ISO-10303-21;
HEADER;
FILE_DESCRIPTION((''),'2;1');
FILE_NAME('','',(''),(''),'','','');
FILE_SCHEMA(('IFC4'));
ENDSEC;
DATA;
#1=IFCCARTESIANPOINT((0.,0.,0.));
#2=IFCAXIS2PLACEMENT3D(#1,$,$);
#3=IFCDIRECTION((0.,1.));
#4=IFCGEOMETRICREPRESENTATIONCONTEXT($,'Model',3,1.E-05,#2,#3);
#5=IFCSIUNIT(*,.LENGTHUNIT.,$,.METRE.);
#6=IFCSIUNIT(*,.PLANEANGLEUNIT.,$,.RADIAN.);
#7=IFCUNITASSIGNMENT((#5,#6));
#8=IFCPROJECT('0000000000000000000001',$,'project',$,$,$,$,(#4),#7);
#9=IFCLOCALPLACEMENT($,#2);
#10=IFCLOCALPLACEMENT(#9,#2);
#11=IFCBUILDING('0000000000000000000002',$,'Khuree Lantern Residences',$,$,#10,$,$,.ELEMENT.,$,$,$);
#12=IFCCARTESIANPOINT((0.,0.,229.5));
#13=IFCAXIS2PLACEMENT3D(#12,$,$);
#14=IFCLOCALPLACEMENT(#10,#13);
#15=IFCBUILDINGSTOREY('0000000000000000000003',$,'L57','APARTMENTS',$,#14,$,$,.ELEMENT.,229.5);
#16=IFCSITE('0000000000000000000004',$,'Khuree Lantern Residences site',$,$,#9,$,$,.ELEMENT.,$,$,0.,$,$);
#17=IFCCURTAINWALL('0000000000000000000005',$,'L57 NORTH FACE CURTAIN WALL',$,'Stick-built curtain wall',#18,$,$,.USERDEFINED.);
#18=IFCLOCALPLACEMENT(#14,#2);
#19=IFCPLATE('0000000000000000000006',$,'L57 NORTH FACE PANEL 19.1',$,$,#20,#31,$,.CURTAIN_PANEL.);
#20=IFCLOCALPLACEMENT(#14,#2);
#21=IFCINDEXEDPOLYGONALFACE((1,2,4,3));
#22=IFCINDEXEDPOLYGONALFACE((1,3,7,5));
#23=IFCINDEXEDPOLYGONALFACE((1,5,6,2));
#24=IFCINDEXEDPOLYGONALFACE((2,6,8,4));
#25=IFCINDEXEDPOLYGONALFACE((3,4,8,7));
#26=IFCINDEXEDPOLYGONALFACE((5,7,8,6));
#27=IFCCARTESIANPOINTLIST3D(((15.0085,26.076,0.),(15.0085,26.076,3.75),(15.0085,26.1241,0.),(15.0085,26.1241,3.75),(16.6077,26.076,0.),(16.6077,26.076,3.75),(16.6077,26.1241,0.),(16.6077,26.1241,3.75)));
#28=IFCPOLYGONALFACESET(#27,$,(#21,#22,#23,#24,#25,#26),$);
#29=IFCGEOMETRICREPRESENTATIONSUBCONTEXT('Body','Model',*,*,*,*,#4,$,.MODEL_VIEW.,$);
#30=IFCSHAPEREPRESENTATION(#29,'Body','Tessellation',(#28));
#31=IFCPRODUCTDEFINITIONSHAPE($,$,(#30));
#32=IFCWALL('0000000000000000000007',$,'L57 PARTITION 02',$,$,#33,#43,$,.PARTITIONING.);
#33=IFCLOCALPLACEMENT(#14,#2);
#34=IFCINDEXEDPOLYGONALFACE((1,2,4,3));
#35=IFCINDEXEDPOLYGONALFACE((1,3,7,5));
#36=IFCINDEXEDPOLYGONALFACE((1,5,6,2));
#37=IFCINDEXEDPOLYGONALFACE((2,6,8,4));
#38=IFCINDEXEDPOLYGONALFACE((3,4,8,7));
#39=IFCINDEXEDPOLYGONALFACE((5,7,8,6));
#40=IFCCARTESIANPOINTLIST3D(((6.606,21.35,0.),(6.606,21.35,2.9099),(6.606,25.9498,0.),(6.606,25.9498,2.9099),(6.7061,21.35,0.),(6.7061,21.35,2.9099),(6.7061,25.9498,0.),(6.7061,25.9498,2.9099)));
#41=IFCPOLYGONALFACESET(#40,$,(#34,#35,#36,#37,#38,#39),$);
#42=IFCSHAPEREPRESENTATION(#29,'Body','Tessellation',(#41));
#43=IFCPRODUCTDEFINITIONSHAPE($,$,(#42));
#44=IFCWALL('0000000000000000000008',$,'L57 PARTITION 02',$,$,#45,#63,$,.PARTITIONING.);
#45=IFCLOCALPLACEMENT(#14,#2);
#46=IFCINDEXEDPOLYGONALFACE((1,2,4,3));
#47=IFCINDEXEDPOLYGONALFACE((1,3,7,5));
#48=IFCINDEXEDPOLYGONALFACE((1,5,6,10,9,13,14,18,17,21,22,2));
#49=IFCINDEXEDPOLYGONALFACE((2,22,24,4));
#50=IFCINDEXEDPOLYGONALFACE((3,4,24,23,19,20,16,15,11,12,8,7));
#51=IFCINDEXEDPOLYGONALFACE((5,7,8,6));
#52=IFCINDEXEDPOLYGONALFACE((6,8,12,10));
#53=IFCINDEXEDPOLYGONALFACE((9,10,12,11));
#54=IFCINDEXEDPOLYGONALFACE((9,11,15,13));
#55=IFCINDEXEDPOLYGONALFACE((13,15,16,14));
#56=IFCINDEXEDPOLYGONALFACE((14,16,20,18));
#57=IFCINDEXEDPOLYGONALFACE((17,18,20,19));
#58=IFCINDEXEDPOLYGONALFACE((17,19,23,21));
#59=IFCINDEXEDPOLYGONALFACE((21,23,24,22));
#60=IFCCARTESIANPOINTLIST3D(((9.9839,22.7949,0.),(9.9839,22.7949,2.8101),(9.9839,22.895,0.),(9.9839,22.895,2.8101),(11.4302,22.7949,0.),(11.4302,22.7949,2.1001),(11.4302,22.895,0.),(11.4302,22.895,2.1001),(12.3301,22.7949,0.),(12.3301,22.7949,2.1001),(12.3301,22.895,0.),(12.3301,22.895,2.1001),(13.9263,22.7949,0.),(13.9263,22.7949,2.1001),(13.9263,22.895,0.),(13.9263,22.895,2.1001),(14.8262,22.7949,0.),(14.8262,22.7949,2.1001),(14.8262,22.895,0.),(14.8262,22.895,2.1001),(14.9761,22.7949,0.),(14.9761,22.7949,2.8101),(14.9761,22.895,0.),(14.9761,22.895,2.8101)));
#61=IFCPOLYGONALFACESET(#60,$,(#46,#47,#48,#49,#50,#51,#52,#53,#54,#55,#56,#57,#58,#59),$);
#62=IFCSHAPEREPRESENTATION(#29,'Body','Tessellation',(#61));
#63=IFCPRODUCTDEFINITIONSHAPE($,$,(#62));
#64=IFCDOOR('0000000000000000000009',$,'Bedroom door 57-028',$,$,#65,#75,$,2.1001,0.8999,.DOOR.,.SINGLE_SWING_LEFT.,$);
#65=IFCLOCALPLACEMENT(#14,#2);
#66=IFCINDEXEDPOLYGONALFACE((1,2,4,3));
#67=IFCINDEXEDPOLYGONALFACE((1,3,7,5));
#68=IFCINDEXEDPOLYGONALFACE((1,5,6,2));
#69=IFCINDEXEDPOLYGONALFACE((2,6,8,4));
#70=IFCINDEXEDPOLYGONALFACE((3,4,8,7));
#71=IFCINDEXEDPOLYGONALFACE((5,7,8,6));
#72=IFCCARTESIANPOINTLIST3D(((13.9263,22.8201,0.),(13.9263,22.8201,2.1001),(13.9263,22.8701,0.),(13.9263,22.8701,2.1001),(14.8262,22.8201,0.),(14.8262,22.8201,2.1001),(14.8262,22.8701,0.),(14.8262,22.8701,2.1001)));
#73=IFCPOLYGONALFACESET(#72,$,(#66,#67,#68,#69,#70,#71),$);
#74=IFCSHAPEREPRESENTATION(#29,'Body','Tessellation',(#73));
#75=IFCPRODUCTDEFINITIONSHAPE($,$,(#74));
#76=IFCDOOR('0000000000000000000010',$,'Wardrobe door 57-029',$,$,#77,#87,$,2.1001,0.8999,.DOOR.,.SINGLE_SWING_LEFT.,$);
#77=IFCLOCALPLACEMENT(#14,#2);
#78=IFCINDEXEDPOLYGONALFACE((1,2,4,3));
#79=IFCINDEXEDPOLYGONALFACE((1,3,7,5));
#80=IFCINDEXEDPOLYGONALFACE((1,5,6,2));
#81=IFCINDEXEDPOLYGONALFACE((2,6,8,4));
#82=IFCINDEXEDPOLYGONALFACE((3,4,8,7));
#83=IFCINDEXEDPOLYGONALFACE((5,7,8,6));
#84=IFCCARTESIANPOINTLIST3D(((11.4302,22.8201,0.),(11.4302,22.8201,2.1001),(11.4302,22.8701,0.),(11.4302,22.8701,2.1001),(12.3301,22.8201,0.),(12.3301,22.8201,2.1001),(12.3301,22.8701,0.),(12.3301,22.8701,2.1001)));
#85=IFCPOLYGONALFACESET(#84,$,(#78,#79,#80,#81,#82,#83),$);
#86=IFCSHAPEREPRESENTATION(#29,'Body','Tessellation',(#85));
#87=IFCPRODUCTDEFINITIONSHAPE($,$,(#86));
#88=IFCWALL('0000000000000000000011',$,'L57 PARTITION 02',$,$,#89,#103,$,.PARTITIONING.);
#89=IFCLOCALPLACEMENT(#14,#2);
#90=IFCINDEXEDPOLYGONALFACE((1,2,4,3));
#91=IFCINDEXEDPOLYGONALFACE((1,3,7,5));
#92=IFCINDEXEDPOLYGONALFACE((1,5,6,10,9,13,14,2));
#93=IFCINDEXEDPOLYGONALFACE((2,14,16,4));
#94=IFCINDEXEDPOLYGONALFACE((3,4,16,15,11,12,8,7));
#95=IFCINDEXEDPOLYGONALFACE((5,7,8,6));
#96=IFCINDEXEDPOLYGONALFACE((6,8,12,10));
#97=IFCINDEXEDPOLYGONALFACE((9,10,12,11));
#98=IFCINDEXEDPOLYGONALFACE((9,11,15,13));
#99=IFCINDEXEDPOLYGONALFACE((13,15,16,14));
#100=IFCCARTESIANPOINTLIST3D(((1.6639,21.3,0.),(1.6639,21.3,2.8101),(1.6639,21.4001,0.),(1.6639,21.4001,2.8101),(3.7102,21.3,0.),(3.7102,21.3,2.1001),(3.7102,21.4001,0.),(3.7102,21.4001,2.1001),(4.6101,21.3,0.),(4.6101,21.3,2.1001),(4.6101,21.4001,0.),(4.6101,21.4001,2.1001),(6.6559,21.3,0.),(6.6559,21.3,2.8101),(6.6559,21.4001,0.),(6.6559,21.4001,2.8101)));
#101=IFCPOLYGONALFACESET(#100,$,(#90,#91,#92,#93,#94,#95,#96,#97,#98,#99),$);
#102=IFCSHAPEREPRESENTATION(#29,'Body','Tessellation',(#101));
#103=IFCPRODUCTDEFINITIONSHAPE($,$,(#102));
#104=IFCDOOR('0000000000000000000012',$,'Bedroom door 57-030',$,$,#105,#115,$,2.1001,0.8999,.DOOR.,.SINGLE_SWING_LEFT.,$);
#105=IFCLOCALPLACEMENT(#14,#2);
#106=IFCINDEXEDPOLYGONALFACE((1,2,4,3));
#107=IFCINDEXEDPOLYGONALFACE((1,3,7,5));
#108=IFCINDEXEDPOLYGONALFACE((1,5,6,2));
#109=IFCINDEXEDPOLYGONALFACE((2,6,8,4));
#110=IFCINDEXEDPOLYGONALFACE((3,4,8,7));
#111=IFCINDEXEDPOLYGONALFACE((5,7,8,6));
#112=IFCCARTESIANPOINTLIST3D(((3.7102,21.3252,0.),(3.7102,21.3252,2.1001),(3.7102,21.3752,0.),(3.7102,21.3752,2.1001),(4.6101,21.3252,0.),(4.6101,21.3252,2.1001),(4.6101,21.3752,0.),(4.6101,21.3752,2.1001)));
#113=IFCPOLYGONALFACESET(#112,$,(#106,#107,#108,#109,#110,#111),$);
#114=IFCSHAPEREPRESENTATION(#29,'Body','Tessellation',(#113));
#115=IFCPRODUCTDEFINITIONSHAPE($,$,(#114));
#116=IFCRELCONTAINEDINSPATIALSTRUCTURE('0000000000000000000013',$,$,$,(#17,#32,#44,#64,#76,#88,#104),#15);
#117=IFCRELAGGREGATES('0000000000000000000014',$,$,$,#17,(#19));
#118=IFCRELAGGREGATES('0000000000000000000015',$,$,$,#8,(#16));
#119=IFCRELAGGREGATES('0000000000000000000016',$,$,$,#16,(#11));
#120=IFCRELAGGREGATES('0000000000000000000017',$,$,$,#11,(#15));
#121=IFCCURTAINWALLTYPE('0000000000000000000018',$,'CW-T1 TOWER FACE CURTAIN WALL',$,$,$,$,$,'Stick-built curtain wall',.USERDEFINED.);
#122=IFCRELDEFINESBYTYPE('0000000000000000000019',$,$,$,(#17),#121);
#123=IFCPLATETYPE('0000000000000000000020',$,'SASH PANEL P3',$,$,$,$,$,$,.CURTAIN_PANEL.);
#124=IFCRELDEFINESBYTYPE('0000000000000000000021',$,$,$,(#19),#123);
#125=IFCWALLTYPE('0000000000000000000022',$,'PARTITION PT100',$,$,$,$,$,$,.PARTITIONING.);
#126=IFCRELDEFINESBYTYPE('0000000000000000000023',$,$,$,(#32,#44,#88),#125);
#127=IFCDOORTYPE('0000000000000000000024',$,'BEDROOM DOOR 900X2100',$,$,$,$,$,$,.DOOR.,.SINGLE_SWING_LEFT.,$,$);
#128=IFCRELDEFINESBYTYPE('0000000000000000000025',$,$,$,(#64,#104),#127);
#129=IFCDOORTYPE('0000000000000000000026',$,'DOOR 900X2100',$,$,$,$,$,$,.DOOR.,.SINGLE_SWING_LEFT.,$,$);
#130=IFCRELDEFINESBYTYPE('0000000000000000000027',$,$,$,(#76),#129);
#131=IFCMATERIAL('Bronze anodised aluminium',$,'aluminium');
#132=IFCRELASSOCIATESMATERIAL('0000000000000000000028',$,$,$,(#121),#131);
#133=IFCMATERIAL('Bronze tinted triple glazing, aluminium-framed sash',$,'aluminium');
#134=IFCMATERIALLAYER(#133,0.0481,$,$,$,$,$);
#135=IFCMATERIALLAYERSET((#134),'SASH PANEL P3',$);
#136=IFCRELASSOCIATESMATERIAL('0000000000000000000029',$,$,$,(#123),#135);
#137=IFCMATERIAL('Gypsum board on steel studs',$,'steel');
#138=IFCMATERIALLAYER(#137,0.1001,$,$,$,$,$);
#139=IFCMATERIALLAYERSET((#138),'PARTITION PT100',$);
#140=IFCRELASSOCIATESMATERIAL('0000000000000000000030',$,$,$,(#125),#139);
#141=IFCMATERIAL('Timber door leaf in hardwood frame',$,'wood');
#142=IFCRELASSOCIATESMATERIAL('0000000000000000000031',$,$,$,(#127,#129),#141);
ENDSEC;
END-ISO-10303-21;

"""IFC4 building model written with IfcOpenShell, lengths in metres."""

from ifc_helpers import new_model, si_unit, direction, frame, frame_2d, origin, origin_2d, place, context, subcontext, project, spatial, rectangle, extrude, material, layer, layer_set, type_object, element, fill, aggregate, save


model = new_model("IFC4")

# Units and contexts
model_context = context("Model", 3, precision=1e-05, world=origin(), true_north=direction((0.0, 1.0)))
body_context = subcontext(model_context, "Body", "Model", "MODEL_VIEW")
ifc_project = project(units=[si_unit("LENGTHUNIT", "METRE"), si_unit("PLANEANGLEUNIT", "RADIAN")], contexts=[model_context])

# Site, building, storey
site_placement = place(None, origin())
site = spatial("IfcSite", under=ifc_project, at=site_placement, Name="Khuree Lantern Residences site", CompositionType="ELEMENT", RefElevation=0.0)
building_placement = place(site_placement, origin())
building = spatial("IfcBuilding", under=site, at=building_placement, Name="Khuree Lantern Residences", CompositionType="ELEMENT")
storey_placement = place(building_placement, frame((0.0, 0.0, 229.5)))
storey = spatial("IfcBuildingStorey", under=building, at=storey_placement, Name="L57", Description="APARTMENTS", CompositionType="ELEMENT", Elevation=229.5)

# Curtain wall
ifc_material_1 = material(Name="Bronze anodised aluminium", Category="aluminium")
curtain_wall_type = type_object("IfcCurtainWallType", Name="CW-T1 TOWER FACE CURTAIN WALL", ElementType="Stick-built curtain wall", PredefinedType="USERDEFINED", material=ifc_material_1)
curtain_wall_placement = place(storey_placement, origin())
curtain_wall = element("IfcCurtainWall", 1, at=curtain_wall_placement, inside=storey, type_object=curtain_wall_type, Name="L57 NORTH FACE CURTAIN WALL", ObjectType="Stick-built curtain wall", PredefinedType="USERDEFINED")

# Plate
ifc_material_2 = material(Name="Bronze tinted triple glazing, aluminium-framed sash", Category="aluminium")
ifc_layer_1 = layer(ifc_material_2, 0.0481)
ifc_layer_set_1 = layer_set([ifc_layer_1], Name="SASH PANEL P3")
plate_type_1 = type_object("IfcPlateType", Name="SASH PANEL P3", PredefinedType="CURTAIN_PANEL", material=ifc_layer_set_1)
plate_1_placement = place(storey_placement, frame((15.8081, 26.1001, 0.0), z_axis=(0.0, 0.0, 1.0), x_axis=(-1.0, 0.0, 0.0)))
plate_1 = element("IfcPlate", 2, at=plate_1_placement, type_object=plate_type_1, Name="L57 NORTH FACE PANEL 19.1", PredefinedType="CURTAIN_PANEL", context=body_context, shape_type="SweptSolid", body=[
    extrude(rectangle(XDim=1.5991, YDim=0.0481, at=origin_2d()), origin(), (0.0, 0.0, 1.0), 3.75),
])
aggregate(curtain_wall, [plate_1])

# Wall
ifc_material_3 = material(Name="Gypsum board on steel studs", Category="steel")
ifc_layer_2 = layer(ifc_material_3, 0.1001)
ifc_layer_set_2 = layer_set([ifc_layer_2], Name="PARTITION PT100")
wall_type = type_object("IfcWallType", Name="PARTITION PT100", PredefinedType="PARTITIONING", material=ifc_layer_set_2)
wall_1_placement = place(storey_placement, frame((6.656, 21.3501, 0.0), z_axis=(0.0, 0.0, 1.0), x_axis=(0.0, 1.0, 0.0)))
element("IfcWall", 3, at=wall_1_placement, inside=storey, type_object=wall_type, Name="L57 PARTITION 02", PredefinedType="PARTITIONING", context=body_context, shape_type="SweptSolid", body=[
    extrude(rectangle(XDim=4.5999, YDim=0.1001, at=frame_2d((2.2998, 0.0))), origin(), (0.0, 0.0, 1.0), 2.9099),
])

# Wall, openings, doors
wall_2_placement = place(storey_placement, frame((14.9761, 22.845, 0.0), z_axis=(0.0, 0.0, 1.0), x_axis=(-1.0, 0.0, 0.0)))
wall_2 = element("IfcWall", 4, at=wall_2_placement, inside=storey, type_object=wall_type, Name="L57 PARTITION 02", PredefinedType="PARTITIONING", context=body_context, shape_type="SweptSolid", body=[
    extrude(rectangle(XDim=4.9922, YDim=0.1001, at=frame_2d((2.4961, 0.0))), origin(), (0.0, 0.0, 1.0), 2.8101),
])
opening_1_placement = place(wall_2_placement, frame((0.1499, 0.0, 0.0)))
opening_1 = element("IfcOpeningElement", 5, at=opening_1_placement, cuts=wall_2, PredefinedType="OPENING", context=body_context, shape_type="SweptSolid", body=[
    extrude(rectangle(XDim=0.8999, YDim=2.1001, at=frame_2d((0.45, 1.05))), frame((0.0, 0.0601, 0.0), z_axis=(0.0, -1.0, 0.0), x_axis=(1.0, 0.0, 0.0)), (0.0, 0.0, 1.0), 0.1201),
])
opening_2_placement = place(wall_2_placement, frame((2.646, 0.0, 0.0)))
opening_2 = element("IfcOpeningElement", 6, at=opening_2_placement, cuts=wall_2, PredefinedType="OPENING", context=body_context, shape_type="SweptSolid", body=[
    extrude(rectangle(XDim=0.8999, YDim=2.1001, at=frame_2d((0.45, 1.05))), frame((0.0, 0.0601, 0.0), z_axis=(0.0, -1.0, 0.0), x_axis=(1.0, 0.0, 0.0)), (0.0, 0.0, 1.0), 0.1201),
])
ifc_material_4 = material(Name="Timber door leaf in hardwood frame", Category="wood")
door_type_1 = type_object("IfcDoorType", Name="BEDROOM DOOR 900X2100", OperationType="SINGLE_SWING_LEFT", PredefinedType="DOOR", material=ifc_material_4)
door_1_placement = place(opening_1_placement, origin())
door_1 = element("IfcDoor", 7, at=door_1_placement, inside=storey, type_object=door_type_1, Name="Bedroom door 57-028", OperationType="SINGLE_SWING_LEFT", OverallHeight=2.1001, OverallWidth=0.8999, PredefinedType="DOOR", context=body_context, shape_type="SweptSolid", body=[
    extrude(rectangle(XDim=0.8999, YDim=2.1001, at=frame_2d((0.45, 1.05))), frame((0.0, 0.0249, 0.0), z_axis=(0.0, -1.0, 0.0), x_axis=(1.0, 0.0, 0.0)), (0.0, 0.0, 1.0), 0.05),
])
fill(opening_1, door_1)
door_type_2 = type_object("IfcDoorType", Name="DOOR 900X2100", OperationType="SINGLE_SWING_LEFT", PredefinedType="DOOR", material=ifc_material_4)
door_2_placement = place(opening_2_placement, origin())
door_2 = element("IfcDoor", 8, at=door_2_placement, inside=storey, type_object=door_type_2, Name="Wardrobe door 57-029", OperationType="SINGLE_SWING_LEFT", OverallHeight=2.1001, OverallWidth=0.8999, PredefinedType="DOOR", context=body_context, shape_type="SweptSolid", body=[
    extrude(rectangle(XDim=0.8999, YDim=2.1001, at=frame_2d((0.45, 1.05))), frame((0.0, 0.0249, 0.0), z_axis=(0.0, -1.0, 0.0), x_axis=(1.0, 0.0, 0.0)), (0.0, 0.0, 1.0), 0.05),
])
fill(opening_2, door_2)

# Wall, opening, door
wall_3_placement = place(storey_placement, frame((6.656, 21.3501, 0.0), z_axis=(0.0, 0.0, 1.0), x_axis=(-1.0, 0.0, 0.0)))
wall_3 = element("IfcWall", 9, at=wall_3_placement, inside=storey, type_object=wall_type, Name="L57 PARTITION 02", PredefinedType="PARTITIONING", context=body_context, shape_type="SweptSolid", body=[
    extrude(rectangle(XDim=4.9919, YDim=0.1001, at=frame_2d((2.4961, 0.0))), origin(), (0.0, 0.0, 1.0), 2.8101),
])
opening_3_placement = place(wall_3_placement, frame((2.0459, 0.0, 0.0)))
opening_3 = element("IfcOpeningElement", 10, at=opening_3_placement, cuts=wall_3, PredefinedType="OPENING", context=body_context, shape_type="SweptSolid", body=[
    extrude(rectangle(XDim=0.8999, YDim=2.1001, at=frame_2d((0.45, 1.05))), frame((0.0, 0.0601, 0.0), z_axis=(0.0, -1.0, 0.0), x_axis=(1.0, 0.0, 0.0)), (0.0, 0.0, 1.0), 0.1201),
])
door_3_placement = place(opening_3_placement, origin())
door_3 = element("IfcDoor", 11, at=door_3_placement, inside=storey, type_object=door_type_1, Name="Bedroom door 57-030", OperationType="SINGLE_SWING_LEFT", OverallHeight=2.1001, OverallWidth=0.8999, PredefinedType="DOOR", context=body_context, shape_type="SweptSolid", body=[
    extrude(rectangle(XDim=0.8999, YDim=2.1001, at=frame_2d((0.45, 1.05))), frame((0.0, 0.0249, 0.0), z_axis=(0.0, -1.0, 0.0), x_axis=(1.0, 0.0, 0.0)), (0.0, 0.0, 1.0), 0.05),
])
fill(opening_3, door_3)

save(model, "model.ifc")
